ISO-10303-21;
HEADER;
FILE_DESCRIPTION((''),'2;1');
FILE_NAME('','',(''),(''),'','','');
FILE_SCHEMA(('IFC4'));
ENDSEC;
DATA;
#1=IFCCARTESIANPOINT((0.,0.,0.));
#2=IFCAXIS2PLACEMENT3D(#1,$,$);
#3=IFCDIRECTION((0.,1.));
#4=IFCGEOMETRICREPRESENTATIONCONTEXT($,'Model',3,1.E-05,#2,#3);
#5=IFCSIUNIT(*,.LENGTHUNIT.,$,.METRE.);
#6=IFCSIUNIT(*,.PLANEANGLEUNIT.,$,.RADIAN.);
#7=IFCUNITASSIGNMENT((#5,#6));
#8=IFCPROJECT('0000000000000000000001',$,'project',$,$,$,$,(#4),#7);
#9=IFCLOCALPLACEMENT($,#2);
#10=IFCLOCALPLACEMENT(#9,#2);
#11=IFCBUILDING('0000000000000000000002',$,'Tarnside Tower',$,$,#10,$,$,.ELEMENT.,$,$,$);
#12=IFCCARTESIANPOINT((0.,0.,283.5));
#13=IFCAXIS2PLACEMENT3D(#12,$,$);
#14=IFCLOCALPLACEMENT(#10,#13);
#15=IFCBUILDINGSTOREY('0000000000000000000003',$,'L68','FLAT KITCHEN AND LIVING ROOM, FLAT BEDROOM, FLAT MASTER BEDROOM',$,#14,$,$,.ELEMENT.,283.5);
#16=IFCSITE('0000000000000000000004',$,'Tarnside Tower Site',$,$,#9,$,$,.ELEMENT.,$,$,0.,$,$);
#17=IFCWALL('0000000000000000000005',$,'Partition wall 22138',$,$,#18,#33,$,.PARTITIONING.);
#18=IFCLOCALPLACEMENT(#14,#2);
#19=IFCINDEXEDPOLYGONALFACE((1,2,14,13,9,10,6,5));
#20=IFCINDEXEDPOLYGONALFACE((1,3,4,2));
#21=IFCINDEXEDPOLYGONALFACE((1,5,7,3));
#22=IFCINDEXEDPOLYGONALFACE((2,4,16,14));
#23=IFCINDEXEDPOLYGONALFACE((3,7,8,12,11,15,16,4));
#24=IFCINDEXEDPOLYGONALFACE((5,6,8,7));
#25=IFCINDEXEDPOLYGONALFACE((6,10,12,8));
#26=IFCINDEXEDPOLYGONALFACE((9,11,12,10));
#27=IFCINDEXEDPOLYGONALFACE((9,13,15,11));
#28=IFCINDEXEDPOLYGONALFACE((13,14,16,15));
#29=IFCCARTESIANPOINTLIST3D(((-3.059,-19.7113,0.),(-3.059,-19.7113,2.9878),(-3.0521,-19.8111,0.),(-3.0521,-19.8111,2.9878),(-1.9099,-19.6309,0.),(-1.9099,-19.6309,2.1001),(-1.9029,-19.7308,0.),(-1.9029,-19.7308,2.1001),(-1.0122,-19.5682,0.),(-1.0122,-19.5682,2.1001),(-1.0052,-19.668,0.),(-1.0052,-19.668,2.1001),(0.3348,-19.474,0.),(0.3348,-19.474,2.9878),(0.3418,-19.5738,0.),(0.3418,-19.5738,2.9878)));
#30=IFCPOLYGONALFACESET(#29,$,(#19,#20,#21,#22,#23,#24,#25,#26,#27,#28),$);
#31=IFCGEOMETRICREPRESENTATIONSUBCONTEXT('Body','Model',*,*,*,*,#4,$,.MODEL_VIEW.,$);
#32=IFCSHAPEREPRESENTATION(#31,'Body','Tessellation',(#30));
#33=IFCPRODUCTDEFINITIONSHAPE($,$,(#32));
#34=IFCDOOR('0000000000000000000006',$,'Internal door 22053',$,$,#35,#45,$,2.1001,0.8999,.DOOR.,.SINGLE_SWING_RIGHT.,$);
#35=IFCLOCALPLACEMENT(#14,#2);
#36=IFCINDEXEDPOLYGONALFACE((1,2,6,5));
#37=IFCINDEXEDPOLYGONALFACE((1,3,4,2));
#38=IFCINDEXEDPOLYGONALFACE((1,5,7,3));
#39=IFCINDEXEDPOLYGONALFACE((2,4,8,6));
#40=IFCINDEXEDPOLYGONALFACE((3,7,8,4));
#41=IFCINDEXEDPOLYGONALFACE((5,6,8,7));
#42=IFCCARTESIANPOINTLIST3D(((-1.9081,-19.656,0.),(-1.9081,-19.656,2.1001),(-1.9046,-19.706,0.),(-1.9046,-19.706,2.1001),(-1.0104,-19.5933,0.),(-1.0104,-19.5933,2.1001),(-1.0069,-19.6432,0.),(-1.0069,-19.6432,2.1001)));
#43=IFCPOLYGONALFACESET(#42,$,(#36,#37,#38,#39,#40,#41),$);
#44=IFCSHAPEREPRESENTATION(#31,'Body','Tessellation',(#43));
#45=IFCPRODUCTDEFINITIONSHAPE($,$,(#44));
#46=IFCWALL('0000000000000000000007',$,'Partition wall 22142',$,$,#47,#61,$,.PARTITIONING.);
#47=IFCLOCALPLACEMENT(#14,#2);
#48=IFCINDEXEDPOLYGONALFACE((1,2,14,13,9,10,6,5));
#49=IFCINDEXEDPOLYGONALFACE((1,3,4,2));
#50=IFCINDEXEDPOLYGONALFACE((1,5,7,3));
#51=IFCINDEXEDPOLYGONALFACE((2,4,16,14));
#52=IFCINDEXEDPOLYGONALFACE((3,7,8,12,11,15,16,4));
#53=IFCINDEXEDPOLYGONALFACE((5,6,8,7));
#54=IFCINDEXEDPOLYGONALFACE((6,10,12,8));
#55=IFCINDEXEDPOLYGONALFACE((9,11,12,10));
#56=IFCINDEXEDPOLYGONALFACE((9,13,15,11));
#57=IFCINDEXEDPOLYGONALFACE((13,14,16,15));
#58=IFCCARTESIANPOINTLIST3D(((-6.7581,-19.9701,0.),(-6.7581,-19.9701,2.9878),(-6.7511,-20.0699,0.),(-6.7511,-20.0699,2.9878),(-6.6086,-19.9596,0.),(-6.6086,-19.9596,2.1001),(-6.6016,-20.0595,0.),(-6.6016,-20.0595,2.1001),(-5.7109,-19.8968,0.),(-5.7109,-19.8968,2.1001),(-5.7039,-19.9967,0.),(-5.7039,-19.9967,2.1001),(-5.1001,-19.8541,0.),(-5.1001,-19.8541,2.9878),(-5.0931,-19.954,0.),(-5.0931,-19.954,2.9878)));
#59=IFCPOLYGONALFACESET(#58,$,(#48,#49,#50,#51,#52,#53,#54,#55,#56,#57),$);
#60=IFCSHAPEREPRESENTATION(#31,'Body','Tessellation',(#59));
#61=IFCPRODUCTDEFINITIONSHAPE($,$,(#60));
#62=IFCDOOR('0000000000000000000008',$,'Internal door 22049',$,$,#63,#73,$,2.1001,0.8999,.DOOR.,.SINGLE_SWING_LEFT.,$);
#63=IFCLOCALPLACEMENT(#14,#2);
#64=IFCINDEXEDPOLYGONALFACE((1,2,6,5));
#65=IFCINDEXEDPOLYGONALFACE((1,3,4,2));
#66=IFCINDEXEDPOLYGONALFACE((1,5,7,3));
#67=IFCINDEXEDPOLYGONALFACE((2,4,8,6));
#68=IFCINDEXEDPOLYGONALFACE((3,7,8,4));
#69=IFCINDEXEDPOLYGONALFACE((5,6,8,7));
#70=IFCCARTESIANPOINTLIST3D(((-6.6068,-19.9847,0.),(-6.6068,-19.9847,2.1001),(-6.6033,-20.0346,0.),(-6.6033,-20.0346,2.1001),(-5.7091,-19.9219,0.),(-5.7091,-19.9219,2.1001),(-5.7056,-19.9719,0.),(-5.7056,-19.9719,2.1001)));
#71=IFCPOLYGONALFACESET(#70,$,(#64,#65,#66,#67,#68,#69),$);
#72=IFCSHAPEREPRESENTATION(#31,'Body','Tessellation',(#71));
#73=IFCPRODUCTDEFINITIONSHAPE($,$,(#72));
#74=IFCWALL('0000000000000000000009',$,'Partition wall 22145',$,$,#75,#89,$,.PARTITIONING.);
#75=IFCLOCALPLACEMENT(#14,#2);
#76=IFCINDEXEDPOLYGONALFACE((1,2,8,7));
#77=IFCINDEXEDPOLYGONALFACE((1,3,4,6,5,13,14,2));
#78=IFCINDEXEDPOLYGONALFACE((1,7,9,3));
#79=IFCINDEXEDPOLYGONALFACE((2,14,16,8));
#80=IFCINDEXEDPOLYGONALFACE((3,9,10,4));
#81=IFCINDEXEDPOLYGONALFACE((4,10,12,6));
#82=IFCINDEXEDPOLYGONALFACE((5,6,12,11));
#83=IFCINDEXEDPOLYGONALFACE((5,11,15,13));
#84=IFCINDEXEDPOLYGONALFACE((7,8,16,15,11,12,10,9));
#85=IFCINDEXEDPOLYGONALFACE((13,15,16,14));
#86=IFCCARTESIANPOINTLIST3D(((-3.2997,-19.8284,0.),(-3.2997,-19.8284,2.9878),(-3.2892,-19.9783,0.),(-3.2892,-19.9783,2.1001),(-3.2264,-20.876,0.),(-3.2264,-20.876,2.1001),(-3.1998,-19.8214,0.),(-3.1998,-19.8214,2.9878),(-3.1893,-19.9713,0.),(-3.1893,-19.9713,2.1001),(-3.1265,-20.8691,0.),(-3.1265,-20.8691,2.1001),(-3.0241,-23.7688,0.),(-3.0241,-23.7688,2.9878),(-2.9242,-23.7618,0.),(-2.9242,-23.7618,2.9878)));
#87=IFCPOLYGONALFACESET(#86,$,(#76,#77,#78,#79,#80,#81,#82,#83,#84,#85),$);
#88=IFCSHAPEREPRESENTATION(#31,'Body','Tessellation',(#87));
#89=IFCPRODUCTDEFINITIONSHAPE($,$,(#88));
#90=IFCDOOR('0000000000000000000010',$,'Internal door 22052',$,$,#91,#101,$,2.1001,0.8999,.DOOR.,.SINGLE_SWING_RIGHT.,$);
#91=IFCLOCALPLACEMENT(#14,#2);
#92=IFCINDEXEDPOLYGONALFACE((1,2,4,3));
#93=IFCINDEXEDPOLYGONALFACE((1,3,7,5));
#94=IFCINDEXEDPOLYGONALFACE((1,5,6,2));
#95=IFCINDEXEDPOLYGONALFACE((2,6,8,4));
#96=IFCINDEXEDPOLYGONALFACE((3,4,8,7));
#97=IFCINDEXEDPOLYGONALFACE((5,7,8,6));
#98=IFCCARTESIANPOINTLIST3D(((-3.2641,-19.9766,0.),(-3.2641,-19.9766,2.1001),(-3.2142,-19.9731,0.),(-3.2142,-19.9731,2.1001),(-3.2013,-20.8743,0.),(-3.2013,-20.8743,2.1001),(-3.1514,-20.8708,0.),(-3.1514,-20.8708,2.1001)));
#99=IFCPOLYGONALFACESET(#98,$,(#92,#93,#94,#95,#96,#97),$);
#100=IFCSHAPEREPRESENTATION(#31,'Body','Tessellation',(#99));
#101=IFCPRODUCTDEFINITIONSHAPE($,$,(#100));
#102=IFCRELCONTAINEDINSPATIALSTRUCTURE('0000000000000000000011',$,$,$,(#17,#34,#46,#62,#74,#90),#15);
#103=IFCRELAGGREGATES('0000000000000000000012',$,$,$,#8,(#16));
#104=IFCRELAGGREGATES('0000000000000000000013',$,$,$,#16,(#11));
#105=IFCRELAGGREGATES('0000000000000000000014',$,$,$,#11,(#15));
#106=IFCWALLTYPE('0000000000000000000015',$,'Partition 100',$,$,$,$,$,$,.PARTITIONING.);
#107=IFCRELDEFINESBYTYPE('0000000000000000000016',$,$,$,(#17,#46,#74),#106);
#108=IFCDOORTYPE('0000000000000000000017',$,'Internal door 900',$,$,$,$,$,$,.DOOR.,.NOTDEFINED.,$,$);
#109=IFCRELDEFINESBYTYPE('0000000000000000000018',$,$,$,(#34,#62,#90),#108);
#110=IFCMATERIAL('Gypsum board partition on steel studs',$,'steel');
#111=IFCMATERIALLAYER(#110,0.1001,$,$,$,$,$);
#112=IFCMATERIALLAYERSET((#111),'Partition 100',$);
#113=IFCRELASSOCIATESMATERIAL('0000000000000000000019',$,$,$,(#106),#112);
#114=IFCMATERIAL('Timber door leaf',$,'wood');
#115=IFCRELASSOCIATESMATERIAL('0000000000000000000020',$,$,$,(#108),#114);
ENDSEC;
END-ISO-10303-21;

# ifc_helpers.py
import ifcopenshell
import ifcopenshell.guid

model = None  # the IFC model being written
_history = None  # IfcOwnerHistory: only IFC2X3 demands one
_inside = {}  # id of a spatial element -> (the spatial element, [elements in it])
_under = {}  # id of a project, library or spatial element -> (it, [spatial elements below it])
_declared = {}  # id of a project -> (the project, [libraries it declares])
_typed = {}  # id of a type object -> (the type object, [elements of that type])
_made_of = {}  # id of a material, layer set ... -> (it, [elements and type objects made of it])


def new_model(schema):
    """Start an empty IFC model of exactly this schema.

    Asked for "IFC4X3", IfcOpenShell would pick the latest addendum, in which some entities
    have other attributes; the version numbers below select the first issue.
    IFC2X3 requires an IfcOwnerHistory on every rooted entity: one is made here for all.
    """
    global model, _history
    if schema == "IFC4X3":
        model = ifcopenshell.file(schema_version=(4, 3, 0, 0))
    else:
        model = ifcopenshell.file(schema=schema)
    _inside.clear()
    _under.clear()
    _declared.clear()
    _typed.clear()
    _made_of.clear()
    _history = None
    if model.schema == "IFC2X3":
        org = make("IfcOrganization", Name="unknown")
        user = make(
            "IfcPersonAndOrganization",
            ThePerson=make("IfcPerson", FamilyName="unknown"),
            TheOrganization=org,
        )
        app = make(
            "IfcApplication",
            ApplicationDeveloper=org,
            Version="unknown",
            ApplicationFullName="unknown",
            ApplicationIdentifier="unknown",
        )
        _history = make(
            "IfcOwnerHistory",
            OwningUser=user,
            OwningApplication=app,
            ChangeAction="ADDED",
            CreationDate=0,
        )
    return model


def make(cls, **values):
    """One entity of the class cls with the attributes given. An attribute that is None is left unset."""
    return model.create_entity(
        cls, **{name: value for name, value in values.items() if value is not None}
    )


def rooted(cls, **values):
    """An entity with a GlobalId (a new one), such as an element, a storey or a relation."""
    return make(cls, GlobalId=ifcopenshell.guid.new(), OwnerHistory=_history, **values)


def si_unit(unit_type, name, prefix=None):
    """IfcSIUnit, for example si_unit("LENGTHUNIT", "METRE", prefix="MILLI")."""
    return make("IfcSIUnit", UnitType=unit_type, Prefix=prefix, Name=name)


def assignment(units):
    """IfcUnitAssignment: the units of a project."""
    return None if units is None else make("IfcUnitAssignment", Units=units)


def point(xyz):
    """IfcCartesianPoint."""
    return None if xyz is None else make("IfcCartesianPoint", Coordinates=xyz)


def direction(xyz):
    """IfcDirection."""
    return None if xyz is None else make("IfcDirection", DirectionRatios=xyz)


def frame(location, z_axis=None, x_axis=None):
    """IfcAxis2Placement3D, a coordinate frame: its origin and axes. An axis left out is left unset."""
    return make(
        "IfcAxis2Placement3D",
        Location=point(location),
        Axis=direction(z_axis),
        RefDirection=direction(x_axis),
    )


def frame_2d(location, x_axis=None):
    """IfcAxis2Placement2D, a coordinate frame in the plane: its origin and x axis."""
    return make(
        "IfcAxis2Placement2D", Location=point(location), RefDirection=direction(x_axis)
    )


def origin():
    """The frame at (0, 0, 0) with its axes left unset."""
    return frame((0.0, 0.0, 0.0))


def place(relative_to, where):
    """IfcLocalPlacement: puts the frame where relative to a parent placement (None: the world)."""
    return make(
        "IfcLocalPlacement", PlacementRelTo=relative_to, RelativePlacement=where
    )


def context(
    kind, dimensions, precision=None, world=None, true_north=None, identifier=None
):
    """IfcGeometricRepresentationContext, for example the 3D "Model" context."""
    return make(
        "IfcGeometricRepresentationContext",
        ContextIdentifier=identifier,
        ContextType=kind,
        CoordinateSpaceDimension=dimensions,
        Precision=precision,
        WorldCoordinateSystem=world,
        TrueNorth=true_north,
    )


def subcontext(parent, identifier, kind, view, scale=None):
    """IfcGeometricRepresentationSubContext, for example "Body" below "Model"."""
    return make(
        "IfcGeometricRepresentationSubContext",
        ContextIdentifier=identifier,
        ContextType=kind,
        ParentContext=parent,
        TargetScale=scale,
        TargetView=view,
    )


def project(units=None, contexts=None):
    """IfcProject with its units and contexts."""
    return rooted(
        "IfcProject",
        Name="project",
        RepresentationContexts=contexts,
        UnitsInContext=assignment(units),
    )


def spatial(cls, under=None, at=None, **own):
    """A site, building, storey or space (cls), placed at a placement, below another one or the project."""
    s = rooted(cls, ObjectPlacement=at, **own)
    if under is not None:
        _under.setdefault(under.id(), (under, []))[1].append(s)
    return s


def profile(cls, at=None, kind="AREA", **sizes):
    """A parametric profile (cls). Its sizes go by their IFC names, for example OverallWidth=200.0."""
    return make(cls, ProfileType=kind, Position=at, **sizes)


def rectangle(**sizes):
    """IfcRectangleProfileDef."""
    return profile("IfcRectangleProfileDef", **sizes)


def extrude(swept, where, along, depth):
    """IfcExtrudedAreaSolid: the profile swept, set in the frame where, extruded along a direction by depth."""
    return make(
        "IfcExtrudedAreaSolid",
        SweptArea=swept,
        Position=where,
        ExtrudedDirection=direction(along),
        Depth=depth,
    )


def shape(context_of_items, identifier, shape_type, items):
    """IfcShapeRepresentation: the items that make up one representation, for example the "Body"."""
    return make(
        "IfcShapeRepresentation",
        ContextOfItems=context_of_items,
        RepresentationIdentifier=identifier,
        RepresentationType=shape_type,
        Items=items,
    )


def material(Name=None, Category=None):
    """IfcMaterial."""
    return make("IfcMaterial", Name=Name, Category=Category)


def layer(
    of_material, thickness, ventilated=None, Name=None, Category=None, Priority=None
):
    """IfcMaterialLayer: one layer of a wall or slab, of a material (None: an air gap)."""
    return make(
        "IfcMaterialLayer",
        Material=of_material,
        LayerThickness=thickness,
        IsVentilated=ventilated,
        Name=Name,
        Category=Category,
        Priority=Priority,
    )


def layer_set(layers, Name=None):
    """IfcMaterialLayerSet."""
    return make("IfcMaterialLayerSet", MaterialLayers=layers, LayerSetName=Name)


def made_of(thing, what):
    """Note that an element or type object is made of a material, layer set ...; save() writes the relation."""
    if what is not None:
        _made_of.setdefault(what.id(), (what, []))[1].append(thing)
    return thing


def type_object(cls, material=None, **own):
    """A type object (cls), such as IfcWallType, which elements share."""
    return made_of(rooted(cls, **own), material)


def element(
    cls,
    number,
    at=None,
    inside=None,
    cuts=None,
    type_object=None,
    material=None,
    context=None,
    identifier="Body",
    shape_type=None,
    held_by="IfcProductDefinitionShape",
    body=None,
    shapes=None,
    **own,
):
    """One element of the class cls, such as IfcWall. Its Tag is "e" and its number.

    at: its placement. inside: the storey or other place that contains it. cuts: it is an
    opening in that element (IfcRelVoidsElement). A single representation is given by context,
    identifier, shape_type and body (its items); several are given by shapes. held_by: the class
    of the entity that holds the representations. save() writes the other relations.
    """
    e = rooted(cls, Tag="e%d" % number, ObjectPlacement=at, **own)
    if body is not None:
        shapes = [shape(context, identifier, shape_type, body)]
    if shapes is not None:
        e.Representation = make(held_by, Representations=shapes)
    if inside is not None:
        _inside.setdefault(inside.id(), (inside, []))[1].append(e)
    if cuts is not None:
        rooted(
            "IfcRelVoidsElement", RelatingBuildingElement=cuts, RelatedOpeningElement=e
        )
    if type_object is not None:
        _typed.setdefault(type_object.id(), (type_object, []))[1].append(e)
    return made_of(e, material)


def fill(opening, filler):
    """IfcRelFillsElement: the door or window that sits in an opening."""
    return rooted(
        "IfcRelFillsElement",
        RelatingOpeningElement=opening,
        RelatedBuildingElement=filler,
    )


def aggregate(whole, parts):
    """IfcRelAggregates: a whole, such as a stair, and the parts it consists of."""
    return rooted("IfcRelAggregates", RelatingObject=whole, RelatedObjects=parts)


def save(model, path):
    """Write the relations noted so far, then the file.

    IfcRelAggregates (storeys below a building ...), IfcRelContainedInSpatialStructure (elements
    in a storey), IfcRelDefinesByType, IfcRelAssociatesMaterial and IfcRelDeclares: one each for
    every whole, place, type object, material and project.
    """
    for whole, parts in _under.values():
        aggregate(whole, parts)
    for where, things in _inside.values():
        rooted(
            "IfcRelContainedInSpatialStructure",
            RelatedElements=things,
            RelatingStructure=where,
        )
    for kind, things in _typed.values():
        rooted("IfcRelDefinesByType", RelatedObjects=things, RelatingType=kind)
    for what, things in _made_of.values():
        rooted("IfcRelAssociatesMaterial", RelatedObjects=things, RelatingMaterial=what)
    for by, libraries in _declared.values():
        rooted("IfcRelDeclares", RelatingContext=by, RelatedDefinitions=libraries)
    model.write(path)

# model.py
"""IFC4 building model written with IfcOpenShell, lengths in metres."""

from ifc_helpers import new_model, si_unit, direction, frame, frame_2d, origin, place, context, subcontext, project, spatial, rectangle, extrude, material, layer, layer_set, type_object, element, fill, save


model = new_model("IFC4")

# Units and contexts
model_context = context("Model", 3, precision=1e-05, world=origin(), true_north=direction((0.0, 1.0)))
body_context = subcontext(model_context, "Body", "Model", "MODEL_VIEW")
ifc_project = project(units=[si_unit("LENGTHUNIT", "METRE"), si_unit("PLANEANGLEUNIT", "RADIAN")], contexts=[model_context])

# Site, building, storey
site_placement = place(None, origin())
site = spatial("IfcSite", under=ifc_project, at=site_placement, Name="Tarnside Tower Site", CompositionType="ELEMENT", RefElevation=0.0)
building_placement = place(site_placement, origin())
building = spatial("IfcBuilding", under=site, at=building_placement, Name="Tarnside Tower", CompositionType="ELEMENT")
storey_placement = place(building_placement, frame((0.0, 0.0, 283.5)))
storey = spatial("IfcBuildingStorey", under=building, at=storey_placement, Name="L68", Description="FLAT KITCHEN AND LIVING ROOM, FLAT BEDROOM, FLAT MASTER BEDROOM", CompositionType="ELEMENT", Elevation=283.5)

# Shared definitions
ifc_material_1 = material(Name="Gypsum board partition on steel studs", Category="steel")
ifc_material_2 = material(Name="Timber door leaf", Category="wood")

# Walls, openings, doors
ifc_layer_1 = layer(ifc_material_1, 0.1001)
ifc_layer_set_1 = layer_set([ifc_layer_1], Name="Partition 100")
wall_type_1 = type_object("IfcWallType", Name="Partition 100", PredefinedType="PARTITIONING", material=ifc_layer_set_1)
wall_1_placement = place(storey_placement, frame((-3.0557, -19.7612, 0.0), z_axis=(0.0, 0.0, 1.0), x_axis=(0.997564, 0.069753, 0.0)))
wall_1 = element("IfcWall", 1, at=wall_1_placement, inside=storey, type_object=wall_type_1, Name="Partition wall 22138", PredefinedType="PARTITIONING", context=body_context, shape_type="SweptSolid", body=[
    extrude(rectangle(XDim=3.4021, YDim=0.1001, at=frame_2d((1.7012, 0.0))), origin(), (0.0, 0.0, 1.0), 2.9878),
])
opening_1_placement = place(wall_1_placement, frame((1.1521, 0.0, 0.0)))
opening_1 = element("IfcOpeningElement", 2, at=opening_1_placement, cuts=wall_1, PredefinedType="OPENING", context=body_context, shape_type="SweptSolid", body=[
    extrude(rectangle(XDim=0.8999, YDim=2.1001, at=frame_2d((0.45, 1.05))), frame((0.0, 0.0601, 0.0), z_axis=(0.0, -1.0, 0.0), x_axis=(1.0, 0.0, 0.0)), (0.0, 0.0, 1.0), 0.1201),
])
door_type_1 = type_object("IfcDoorType", Name="Internal door 900", OperationType="NOTDEFINED", PredefinedType="DOOR", material=ifc_material_2)
door_1_placement = place(opening_1_placement, origin())
door_1 = element("IfcDoor", 3, at=door_1_placement, inside=storey, type_object=door_type_1, Name="Internal door 22053", OperationType="SINGLE_SWING_RIGHT", OverallHeight=2.1001, OverallWidth=0.8999, PredefinedType="DOOR", context=body_context, shape_type="SweptSolid", body=[
    extrude(rectangle(XDim=0.8999, YDim=2.1001, at=frame_2d((0.45, 1.05))), frame((0.0, 0.0249, 0.0), z_axis=(0.0, -1.0, 0.0), x_axis=(1.0, 0.0, 0.0)), (0.0, 0.0, 1.0), 0.05),
])
fill(opening_1, door_1)
wall_2_placement = place(storey_placement, frame((-6.7546, -20.02, 0.0), z_axis=(0.0, 0.0, 1.0), x_axis=(0.997563, 0.069775, 0.0)))
wall_2 = element("IfcWall", 4, at=wall_2_placement, inside=storey, type_object=wall_type_1, Name="Partition wall 22142", PredefinedType="PARTITIONING", context=body_context, shape_type="SweptSolid", body=[
    extrude(rectangle(XDim=1.6621, YDim=0.1001, at=frame_2d((0.8311, 0.0))), origin(), (0.0, 0.0, 1.0), 2.9878),
])
opening_2_placement = place(wall_2_placement, frame((0.1499, 0.0, 0.0)))
opening_2 = element("IfcOpeningElement", 5, at=opening_2_placement, cuts=wall_2, PredefinedType="OPENING", context=body_context, shape_type="SweptSolid", body=[
    extrude(rectangle(XDim=0.8999, YDim=2.1001, at=frame_2d((0.45, 1.05))), frame((0.0, 0.0601, 0.0), z_axis=(0.0, -1.0, 0.0), x_axis=(1.0, 0.0, 0.0)), (0.0, 0.0, 1.0), 0.1201),
])
door_2_placement = place(opening_2_placement, origin())
door_2 = element("IfcDoor", 6, at=door_2_placement, inside=storey, type_object=door_type_1, Name="Internal door 22049", OperationType="SINGLE_SWING_LEFT", OverallHeight=2.1001, OverallWidth=0.8999, PredefinedType="DOOR", context=body_context, shape_type="SweptSolid", body=[
    extrude(rectangle(XDim=0.8999, YDim=2.1001, at=frame_2d((0.45, 1.05))), frame((0.0, 0.0249, 0.0), z_axis=(0.0, -1.0, 0.0), x_axis=(1.0, 0.0, 0.0)), (0.0, 0.0, 1.0), 0.05),
])
fill(opening_2, door_2)
wall_3_placement = place(storey_placement, frame((-2.9741, -23.7654, 0.0), z_axis=(0.0, 0.0, 1.0), x_axis=(-0.06978, 0.997562, 0.0)))
wall_3 = element("IfcWall", 7, at=wall_3_placement, inside=storey, type_object=wall_type_1, Name="Partition wall 22145", PredefinedType="PARTITIONING", context=body_context, shape_type="SweptSolid", body=[
    extrude(rectangle(XDim=3.95, YDim=0.1001, at=frame_2d((1.9751, 0.0))), origin(), (0.0, 0.0, 1.0), 2.9878),
])
opening_3_placement = place(wall_3_placement, frame((2.8999, 0.0, 0.0)))
opening_3 = element("IfcOpeningElement", 8, at=opening_3_placement, cuts=wall_3, PredefinedType="OPENING", context=body_context, shape_type="SweptSolid", body=[
    extrude(rectangle(XDim=0.8999, YDim=2.1001, at=frame_2d((0.45, 1.05))), frame((0.0, 0.0601, 0.0), z_axis=(0.0, -1.0, 0.0), x_axis=(1.0, 0.0, 0.0)), (0.0, 0.0, 1.0), 0.1201),
])
door_3_placement = place(opening_3_placement, origin())
door_3 = element("IfcDoor", 9, at=door_3_placement, inside=storey, type_object=door_type_1, Name="Internal door 22052", OperationType="SINGLE_SWING_RIGHT", OverallHeight=2.1001, OverallWidth=0.8999, PredefinedType="DOOR", context=body_context, shape_type="SweptSolid", body=[
    extrude(rectangle(XDim=0.8999, YDim=2.1001, at=frame_2d((0.45, 1.05))), frame((0.0, 0.0249, 0.0), z_axis=(0.0, -1.0, 0.0), x_axis=(1.0, 0.0, 0.0)), (0.0, 0.0, 1.0), 0.05),
])
fill(opening_3, door_3)

save(model, "model.ifc")
